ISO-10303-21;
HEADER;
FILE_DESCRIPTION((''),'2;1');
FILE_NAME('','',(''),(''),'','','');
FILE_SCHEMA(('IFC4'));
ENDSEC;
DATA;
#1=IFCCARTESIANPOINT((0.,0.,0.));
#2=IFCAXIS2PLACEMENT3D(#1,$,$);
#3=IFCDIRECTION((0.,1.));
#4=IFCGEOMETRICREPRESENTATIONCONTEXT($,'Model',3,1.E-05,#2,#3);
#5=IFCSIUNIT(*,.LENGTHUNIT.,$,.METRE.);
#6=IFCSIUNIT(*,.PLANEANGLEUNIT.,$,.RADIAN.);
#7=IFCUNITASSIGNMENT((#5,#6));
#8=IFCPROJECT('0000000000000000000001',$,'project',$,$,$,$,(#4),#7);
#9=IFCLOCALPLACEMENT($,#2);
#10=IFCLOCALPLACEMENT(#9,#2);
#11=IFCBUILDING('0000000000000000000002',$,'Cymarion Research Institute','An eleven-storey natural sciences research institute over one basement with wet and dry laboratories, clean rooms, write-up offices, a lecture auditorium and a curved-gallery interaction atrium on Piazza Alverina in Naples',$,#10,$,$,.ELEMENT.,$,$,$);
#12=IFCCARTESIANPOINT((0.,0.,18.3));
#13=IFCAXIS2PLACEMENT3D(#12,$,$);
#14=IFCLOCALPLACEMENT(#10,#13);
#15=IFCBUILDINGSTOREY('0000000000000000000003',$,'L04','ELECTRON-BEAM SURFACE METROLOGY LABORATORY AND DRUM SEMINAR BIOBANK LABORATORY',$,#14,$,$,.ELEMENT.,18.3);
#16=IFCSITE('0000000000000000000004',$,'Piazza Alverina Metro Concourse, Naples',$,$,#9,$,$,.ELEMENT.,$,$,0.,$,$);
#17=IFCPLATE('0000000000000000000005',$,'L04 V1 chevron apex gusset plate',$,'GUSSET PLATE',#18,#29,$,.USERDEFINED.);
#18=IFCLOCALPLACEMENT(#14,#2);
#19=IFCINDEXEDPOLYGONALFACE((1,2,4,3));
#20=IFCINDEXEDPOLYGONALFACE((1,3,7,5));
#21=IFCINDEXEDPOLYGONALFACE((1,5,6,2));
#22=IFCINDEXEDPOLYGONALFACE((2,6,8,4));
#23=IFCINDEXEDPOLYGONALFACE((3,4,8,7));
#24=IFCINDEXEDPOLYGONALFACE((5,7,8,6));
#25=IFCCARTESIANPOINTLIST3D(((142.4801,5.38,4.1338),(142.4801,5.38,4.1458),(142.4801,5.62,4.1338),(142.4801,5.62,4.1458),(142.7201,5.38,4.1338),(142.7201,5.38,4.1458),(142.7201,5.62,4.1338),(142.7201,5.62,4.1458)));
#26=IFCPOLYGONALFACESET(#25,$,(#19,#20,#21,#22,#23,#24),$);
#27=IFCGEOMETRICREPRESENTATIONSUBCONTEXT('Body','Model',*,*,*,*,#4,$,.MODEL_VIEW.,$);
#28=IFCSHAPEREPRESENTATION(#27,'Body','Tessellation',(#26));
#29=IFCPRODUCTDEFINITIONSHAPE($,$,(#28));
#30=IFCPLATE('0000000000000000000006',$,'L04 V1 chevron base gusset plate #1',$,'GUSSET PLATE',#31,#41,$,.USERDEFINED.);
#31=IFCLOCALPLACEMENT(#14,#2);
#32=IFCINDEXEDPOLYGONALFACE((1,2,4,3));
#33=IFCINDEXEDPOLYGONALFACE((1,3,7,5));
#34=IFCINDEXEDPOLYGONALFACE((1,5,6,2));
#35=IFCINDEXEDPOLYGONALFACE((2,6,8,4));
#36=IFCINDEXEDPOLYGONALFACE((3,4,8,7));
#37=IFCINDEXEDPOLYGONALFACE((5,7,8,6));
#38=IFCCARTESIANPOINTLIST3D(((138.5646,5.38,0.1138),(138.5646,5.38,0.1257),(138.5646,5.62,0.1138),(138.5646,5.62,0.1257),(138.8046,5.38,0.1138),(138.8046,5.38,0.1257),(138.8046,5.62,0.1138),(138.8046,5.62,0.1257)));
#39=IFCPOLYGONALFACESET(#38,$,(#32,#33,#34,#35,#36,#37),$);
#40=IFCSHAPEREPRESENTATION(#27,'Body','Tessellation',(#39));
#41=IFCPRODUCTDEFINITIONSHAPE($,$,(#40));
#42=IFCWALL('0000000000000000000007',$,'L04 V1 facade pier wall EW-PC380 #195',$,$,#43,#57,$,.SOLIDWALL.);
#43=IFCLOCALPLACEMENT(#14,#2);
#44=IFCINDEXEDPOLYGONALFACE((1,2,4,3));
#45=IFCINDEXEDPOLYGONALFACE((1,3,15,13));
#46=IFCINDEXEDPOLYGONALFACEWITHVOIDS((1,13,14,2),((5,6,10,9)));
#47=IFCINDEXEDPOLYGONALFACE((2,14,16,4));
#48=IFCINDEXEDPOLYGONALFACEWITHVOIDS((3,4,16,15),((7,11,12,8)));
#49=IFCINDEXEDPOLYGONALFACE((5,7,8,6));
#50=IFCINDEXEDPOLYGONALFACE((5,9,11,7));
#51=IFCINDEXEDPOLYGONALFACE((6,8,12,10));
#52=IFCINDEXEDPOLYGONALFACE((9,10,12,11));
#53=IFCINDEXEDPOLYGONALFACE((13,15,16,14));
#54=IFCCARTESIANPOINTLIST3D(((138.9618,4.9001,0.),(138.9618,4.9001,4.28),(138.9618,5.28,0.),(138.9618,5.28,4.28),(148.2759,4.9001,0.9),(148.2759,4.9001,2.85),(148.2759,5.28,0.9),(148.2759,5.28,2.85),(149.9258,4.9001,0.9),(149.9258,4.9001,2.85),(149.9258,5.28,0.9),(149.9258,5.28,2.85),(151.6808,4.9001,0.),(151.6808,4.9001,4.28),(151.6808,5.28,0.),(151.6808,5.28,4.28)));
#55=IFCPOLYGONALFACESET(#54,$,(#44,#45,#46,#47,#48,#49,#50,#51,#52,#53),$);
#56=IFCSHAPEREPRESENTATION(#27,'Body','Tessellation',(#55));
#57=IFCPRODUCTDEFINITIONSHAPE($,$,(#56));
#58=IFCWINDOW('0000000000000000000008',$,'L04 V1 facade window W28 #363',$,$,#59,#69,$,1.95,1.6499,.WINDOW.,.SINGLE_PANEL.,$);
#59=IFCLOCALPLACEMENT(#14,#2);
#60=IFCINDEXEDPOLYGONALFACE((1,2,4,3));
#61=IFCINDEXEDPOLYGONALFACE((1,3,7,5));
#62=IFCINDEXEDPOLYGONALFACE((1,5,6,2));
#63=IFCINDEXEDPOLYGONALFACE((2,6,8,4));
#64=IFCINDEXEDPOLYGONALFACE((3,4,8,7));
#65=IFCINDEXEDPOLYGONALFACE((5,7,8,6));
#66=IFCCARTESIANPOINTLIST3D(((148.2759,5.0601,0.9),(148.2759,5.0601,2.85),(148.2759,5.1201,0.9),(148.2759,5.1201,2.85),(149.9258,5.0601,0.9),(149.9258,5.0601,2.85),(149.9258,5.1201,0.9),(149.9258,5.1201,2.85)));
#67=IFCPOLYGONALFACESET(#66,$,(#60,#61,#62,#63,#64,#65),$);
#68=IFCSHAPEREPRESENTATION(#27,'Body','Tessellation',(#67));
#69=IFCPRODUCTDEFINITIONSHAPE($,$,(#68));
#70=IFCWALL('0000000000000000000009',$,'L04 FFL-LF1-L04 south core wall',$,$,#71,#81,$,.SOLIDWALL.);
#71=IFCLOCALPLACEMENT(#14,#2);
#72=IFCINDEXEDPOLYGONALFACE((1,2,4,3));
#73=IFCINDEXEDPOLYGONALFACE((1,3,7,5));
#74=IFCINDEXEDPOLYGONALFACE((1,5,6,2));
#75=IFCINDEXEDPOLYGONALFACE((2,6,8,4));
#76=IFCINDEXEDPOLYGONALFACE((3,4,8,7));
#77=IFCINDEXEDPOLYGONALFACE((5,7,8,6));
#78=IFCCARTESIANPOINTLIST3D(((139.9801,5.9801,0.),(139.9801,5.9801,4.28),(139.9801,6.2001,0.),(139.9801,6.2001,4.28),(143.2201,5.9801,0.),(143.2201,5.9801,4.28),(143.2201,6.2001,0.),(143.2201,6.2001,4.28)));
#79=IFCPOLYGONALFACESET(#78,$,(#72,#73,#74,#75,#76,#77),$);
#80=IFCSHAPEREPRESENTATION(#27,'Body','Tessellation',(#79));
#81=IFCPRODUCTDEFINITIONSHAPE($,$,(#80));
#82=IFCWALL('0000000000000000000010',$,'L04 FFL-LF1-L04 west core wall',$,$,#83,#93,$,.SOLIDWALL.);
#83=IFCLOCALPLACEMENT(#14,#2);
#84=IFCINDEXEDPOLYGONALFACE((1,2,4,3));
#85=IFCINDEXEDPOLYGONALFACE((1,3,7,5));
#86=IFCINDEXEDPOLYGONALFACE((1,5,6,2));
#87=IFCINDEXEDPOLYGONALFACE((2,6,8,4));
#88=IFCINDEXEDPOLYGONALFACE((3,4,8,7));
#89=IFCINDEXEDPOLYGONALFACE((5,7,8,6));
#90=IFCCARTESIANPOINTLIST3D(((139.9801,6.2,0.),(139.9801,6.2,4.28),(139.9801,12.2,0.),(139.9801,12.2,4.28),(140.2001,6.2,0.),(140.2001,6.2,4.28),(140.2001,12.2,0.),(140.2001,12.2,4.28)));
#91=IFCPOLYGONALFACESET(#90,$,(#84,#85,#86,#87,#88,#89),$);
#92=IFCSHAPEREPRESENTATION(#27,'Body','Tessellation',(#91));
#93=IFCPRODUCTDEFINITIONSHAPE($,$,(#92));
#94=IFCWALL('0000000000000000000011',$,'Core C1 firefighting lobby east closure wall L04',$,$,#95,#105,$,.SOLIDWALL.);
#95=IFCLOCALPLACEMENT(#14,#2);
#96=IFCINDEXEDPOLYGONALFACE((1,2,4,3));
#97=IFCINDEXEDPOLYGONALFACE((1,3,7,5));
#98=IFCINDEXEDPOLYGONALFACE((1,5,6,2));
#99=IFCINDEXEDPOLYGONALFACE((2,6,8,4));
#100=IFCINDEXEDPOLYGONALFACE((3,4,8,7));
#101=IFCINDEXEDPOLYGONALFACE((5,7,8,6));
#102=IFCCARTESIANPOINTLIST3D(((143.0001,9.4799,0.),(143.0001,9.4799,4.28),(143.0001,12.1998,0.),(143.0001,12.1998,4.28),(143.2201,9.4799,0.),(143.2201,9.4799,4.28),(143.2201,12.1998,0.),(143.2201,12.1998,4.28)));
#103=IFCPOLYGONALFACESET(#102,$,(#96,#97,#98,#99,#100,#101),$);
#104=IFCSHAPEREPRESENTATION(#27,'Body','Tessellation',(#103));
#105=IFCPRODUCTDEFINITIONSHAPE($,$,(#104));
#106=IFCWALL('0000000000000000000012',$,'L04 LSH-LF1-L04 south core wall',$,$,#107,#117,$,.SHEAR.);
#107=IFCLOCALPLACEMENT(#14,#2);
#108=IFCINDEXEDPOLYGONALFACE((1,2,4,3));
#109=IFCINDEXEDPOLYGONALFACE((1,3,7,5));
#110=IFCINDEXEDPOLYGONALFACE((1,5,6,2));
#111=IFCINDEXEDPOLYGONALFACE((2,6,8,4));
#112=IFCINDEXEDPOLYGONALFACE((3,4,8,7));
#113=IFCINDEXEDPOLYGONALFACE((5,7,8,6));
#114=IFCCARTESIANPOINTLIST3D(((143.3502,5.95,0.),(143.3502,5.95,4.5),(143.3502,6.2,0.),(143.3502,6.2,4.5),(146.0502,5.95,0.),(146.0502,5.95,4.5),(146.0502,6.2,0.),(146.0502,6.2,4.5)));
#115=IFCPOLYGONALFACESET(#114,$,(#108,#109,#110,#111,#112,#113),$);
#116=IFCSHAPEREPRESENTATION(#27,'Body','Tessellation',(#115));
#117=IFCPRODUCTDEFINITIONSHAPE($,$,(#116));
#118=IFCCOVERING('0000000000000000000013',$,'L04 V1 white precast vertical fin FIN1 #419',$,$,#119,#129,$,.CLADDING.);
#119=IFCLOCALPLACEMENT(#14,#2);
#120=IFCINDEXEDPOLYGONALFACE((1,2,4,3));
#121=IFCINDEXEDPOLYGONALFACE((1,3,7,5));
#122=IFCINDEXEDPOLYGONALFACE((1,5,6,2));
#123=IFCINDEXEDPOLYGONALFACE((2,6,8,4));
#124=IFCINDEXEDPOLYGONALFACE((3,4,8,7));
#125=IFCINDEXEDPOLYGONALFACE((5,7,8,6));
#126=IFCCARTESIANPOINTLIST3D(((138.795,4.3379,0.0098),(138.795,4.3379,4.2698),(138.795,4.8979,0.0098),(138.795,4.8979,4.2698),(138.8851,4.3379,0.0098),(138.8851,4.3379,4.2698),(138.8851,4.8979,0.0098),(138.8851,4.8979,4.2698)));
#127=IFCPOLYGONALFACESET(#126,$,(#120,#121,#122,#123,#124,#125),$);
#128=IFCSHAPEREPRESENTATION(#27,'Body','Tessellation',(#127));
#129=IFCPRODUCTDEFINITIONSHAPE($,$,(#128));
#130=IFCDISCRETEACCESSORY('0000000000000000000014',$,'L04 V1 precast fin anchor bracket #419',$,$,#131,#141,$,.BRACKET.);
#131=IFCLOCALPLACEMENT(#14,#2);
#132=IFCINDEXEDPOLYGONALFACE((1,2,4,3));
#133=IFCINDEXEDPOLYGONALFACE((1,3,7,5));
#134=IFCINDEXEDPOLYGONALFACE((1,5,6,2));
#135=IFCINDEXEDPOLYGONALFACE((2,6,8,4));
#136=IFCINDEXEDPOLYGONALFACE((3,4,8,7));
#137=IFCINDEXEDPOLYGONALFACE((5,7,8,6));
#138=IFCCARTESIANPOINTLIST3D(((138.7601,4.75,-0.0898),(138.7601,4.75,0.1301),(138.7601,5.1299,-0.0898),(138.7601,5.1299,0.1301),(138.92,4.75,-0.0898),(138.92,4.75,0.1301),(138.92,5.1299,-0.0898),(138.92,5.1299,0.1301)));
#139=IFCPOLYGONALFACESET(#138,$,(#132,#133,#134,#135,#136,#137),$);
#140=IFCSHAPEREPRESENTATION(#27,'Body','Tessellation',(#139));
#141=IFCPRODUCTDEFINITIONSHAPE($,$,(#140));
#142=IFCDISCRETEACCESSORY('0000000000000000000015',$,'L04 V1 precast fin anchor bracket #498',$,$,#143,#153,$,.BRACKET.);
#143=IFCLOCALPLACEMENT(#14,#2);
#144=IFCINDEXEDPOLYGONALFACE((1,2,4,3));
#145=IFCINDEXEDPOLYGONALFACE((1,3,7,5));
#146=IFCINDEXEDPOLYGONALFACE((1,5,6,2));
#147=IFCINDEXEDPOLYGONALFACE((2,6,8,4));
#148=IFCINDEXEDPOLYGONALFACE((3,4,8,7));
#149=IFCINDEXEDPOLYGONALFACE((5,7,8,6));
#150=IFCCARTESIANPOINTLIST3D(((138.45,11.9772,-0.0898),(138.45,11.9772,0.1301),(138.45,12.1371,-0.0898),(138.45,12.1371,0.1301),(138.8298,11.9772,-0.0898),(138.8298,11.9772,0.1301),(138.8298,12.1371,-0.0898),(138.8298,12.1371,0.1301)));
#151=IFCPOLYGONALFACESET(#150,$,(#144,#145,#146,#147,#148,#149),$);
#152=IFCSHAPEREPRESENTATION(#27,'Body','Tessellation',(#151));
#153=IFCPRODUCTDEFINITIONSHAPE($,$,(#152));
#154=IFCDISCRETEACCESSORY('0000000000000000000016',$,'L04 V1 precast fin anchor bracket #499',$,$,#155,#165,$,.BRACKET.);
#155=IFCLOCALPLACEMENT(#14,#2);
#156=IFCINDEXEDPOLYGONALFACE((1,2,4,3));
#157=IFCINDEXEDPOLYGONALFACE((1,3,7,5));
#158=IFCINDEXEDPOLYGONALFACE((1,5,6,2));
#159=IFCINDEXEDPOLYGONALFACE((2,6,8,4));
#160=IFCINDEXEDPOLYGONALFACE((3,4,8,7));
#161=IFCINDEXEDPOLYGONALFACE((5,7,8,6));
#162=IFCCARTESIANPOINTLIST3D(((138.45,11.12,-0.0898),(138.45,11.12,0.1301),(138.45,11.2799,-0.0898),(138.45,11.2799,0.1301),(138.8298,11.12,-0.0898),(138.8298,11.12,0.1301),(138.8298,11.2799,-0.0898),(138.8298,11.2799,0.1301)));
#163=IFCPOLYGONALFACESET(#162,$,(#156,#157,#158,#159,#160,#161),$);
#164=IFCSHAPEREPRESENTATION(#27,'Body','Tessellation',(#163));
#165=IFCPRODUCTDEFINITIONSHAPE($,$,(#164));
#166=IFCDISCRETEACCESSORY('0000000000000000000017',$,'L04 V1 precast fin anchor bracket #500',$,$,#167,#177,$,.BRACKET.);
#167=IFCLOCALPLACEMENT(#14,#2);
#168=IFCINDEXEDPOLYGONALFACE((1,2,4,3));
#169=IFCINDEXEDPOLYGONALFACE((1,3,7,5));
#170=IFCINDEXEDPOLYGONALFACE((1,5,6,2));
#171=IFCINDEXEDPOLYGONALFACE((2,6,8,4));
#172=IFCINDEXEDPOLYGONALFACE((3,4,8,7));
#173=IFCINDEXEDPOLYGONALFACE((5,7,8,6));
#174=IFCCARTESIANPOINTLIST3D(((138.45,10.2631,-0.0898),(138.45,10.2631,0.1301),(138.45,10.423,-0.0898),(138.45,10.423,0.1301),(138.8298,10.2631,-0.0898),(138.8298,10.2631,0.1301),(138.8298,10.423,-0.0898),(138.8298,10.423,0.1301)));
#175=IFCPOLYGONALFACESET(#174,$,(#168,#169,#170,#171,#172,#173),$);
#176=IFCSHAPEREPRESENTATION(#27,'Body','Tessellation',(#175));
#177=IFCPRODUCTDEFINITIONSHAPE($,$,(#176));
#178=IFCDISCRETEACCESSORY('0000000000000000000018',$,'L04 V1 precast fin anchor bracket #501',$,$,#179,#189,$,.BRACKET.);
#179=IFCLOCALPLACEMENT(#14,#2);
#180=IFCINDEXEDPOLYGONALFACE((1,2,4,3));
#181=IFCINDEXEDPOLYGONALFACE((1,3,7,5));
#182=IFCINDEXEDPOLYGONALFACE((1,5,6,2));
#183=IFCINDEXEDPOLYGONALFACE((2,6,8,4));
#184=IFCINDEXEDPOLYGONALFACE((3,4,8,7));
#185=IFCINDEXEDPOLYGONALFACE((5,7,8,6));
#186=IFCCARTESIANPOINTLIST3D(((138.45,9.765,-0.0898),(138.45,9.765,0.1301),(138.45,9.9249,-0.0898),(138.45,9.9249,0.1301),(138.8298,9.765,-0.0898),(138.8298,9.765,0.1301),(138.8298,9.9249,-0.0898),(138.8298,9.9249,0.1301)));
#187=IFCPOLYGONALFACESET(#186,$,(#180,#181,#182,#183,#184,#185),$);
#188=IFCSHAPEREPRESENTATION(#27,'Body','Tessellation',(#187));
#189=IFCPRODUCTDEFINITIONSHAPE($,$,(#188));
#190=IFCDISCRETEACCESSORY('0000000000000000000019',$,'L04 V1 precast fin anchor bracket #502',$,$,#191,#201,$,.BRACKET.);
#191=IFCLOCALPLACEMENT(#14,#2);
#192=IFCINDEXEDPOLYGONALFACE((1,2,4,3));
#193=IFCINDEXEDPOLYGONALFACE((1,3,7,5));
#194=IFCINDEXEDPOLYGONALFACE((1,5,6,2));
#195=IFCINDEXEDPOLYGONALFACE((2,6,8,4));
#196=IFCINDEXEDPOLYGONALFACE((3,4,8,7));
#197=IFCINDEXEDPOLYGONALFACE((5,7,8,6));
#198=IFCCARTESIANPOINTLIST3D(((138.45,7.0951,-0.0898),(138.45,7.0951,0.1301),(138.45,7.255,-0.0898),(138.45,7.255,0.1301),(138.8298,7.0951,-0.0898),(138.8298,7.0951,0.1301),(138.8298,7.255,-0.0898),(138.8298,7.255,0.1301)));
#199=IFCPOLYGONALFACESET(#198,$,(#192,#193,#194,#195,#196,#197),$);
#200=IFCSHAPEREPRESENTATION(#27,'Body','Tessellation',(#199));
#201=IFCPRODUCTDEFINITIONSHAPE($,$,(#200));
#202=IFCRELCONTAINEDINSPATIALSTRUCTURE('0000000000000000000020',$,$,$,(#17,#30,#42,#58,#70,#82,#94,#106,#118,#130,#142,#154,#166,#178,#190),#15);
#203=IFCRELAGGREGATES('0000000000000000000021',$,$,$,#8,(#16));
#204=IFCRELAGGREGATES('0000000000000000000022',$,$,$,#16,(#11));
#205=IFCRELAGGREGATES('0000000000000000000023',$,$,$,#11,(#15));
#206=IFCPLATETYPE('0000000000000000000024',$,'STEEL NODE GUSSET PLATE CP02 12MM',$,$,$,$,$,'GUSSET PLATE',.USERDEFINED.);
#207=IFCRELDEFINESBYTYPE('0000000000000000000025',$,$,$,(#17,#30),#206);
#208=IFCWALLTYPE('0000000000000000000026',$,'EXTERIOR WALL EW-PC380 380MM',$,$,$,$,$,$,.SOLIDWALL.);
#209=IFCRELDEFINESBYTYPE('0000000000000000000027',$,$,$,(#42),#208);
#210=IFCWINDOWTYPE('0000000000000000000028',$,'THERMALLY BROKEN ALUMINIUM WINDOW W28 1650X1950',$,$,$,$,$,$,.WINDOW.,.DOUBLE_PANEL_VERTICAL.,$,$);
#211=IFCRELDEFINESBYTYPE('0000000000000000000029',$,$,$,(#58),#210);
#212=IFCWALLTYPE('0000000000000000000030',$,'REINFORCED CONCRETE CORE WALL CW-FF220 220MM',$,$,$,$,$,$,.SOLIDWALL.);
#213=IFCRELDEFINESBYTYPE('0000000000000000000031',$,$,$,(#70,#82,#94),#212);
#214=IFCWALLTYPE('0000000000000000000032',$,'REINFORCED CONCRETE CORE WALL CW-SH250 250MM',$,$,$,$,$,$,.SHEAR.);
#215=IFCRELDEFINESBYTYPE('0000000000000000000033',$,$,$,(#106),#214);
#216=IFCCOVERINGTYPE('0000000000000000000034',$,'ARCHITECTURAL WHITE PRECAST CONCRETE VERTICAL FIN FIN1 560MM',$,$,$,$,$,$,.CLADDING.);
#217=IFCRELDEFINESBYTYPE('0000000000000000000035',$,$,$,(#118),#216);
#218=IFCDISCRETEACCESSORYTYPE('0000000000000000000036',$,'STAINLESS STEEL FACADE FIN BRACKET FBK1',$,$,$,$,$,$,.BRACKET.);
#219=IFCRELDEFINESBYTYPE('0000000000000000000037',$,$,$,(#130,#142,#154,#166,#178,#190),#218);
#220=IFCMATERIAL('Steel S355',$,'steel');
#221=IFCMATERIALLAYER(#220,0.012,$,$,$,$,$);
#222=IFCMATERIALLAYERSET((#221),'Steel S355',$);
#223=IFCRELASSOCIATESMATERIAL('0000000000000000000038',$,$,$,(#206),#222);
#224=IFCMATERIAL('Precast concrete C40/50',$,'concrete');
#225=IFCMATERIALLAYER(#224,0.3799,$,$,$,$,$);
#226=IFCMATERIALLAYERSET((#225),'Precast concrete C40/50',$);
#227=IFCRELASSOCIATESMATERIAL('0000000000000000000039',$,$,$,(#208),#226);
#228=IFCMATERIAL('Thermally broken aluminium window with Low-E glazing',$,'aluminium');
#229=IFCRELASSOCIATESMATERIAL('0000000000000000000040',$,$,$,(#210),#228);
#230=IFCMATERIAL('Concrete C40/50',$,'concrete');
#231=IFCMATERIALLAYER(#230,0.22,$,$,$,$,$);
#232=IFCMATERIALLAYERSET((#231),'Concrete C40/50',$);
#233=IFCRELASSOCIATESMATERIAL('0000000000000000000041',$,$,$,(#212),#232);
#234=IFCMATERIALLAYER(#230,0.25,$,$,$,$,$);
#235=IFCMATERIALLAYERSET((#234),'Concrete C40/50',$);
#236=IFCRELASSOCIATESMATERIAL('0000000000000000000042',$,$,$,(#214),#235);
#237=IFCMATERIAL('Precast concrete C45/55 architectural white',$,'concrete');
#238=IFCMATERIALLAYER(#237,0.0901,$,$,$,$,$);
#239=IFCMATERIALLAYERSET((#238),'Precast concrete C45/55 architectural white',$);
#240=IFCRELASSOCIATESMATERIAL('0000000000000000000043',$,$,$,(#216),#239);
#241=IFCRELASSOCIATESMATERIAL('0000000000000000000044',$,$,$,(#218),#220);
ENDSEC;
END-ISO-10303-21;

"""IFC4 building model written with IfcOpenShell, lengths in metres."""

from ifc_helpers import new_model, si_unit, direction, frame, frame_2d, origin, origin_2d, place, context, subcontext, project, spatial, rectangle, extrude, material, layer, layer_set, type_object, element, fill, save


model = new_model("IFC4")

# Units and contexts
model_context = context("Model", 3, precision=1e-05, world=origin(), true_north=direction((0.0, 1.0)))
body_context = subcontext(model_context, "Body", "Model", "MODEL_VIEW")
ifc_project = project(units=[si_unit("LENGTHUNIT", "METRE"), si_unit("PLANEANGLEUNIT", "RADIAN")], contexts=[model_context])

# Site, building, storey
site_placement = place(None, origin())
site = spatial("IfcSite", under=ifc_project, at=site_placement, Name="Piazza Alverina Metro Concourse, Naples", CompositionType="ELEMENT", RefElevation=0.0)
building_placement = place(site_placement, origin())
building = spatial("IfcBuilding", under=site, at=building_placement, Name="Cymarion Research Institute", Description="An eleven-storey natural sciences research institute over one basement with wet and dry laboratories, clean rooms, write-up offices, a lecture auditorium and a curved-gallery interaction atrium on Piazza Alverina in Naples", CompositionType="ELEMENT")
storey_placement = place(building_placement, frame((0.0, 0.0, 18.3)))
storey = spatial("IfcBuildingStorey", under=building, at=storey_placement, Name="L04", Description="ELECTRON-BEAM SURFACE METROLOGY LABORATORY AND DRUM SEMINAR BIOBANK LABORATORY", CompositionType="ELEMENT", Elevation=18.3)

# Plates
ifc_material_1 = material(Name="Steel S355", Category="steel")
ifc_layer_1 = layer(ifc_material_1, 0.012)
ifc_layer_set_1 = layer_set([ifc_layer_1], Name="Steel S355")
plate_type = type_object("IfcPlateType", Name="STEEL NODE GUSSET PLATE CP02 12MM", ElementType="GUSSET PLATE", PredefinedType="USERDEFINED", material=ifc_layer_set_1)
for number, where, z_axis, x_axis, name in (
    (1, (142.6001, 5.5, 4.1338), (0.0, 0.0, 1.0), (1.0, 0.0, 0.0), "L04 V1 chevron apex gusset plate"),
    (2, (138.6846, 5.5, 0.1138), (0.0, 0.0, 1.0), (1.0, 0.0, 0.0), "L04 V1 chevron base gusset plate #1"),
):
    element("IfcPlate", number, at=place(storey_placement, frame(where, z_axis=z_axis, x_axis=x_axis)), inside=storey, type_object=plate_type, Name=name, ObjectType="GUSSET PLATE", PredefinedType="USERDEFINED", context=body_context, shape_type="SweptSolid", body=[
        extrude(rectangle(XDim=0.24, YDim=0.24, at=origin_2d()), origin(), (0.0, 0.0, 1.0), 0.012),
    ])

# Wall, opening, window
ifc_material_2 = material(Name="Precast concrete C40/50", Category="concrete")
ifc_layer_2 = layer(ifc_material_2, 0.3799)
ifc_layer_set_2 = layer_set([ifc_layer_2], Name="Precast concrete C40/50")
wall_type_1 = type_object("IfcWallType", Name="EXTERIOR WALL EW-PC380 380MM", PredefinedType="SOLIDWALL", material=ifc_layer_set_2)
wall_1_placement = place(storey_placement, frame((138.9619, 5.0901, 0.0), z_axis=(0.0, 0.0, 1.0), x_axis=(1.0, 0.0, 0.0)))
wall_1 = element("IfcWall", 3, at=wall_1_placement, inside=storey, type_object=wall_type_1, Name="L04 V1 facade pier wall EW-PC380 #195", PredefinedType="SOLIDWALL", context=body_context, shape_type="SweptSolid", body=[
    extrude(rectangle(XDim=12.719, YDim=0.3799, at=frame_2d((6.3594, 0.0))), origin(), (0.0, 0.0, 1.0), 4.28),
])
opening_1_placement = place(wall_1_placement, frame((9.314, 0.0, 0.8999)))
opening_1 = element("IfcOpeningElement", 4, at=opening_1_placement, cuts=wall_1, PredefinedType="OPENING", context=body_context, shape_type="SweptSolid", body=[
    extrude(rectangle(XDim=1.6499, YDim=1.95, at=frame_2d((0.825, 0.9751))), frame((0.0, 0.2, 0.0), z_axis=(0.0, -1.0, 0.0), x_axis=(1.0, 0.0, 0.0)), (0.0, 0.0, 1.0), 0.3999),
])
ifc_material_3 = material(Name="Thermally broken aluminium window with Low-E glazing", Category="aluminium")
window_type = type_object("IfcWindowType", Name="THERMALLY BROKEN ALUMINIUM WINDOW W28 1650X1950", PartitioningType="DOUBLE_PANEL_VERTICAL", PredefinedType="WINDOW", material=ifc_material_3)
window_placement = place(opening_1_placement, origin())
window = element("IfcWindow", 5, at=window_placement, inside=storey, type_object=window_type, Name="L04 V1 facade window W28 #363", OverallHeight=1.95, OverallWidth=1.6499, PartitioningType="SINGLE_PANEL", PredefinedType="WINDOW", context=body_context, shape_type="SweptSolid", body=[
    extrude(rectangle(XDim=1.6499, YDim=1.95, at=frame_2d((0.825, 0.9751))), frame((0.0, 0.03, 0.0), z_axis=(0.0, -1.0, 0.0), x_axis=(1.0, 0.0, 0.0)), (0.0, 0.0, 1.0), 0.0601),
])
fill(opening_1, window)

# Wall
ifc_material_4 = material(Name="Concrete C40/50", Category="concrete")
ifc_layer_3 = layer(ifc_material_4, 0.22)
ifc_layer_set_3 = layer_set([ifc_layer_3], Name="Concrete C40/50")
wall_type_2 = type_object("IfcWallType", Name="REINFORCED CONCRETE CORE WALL CW-FF220 220MM", PredefinedType="SOLIDWALL", material=ifc_layer_set_3)
wall_2_placement = place(storey_placement, frame((139.98, 6.0901, 0.0), z_axis=(0.0, 0.0, 1.0), x_axis=(1.0, 0.0, 0.0)))
element("IfcWall", 6, at=wall_2_placement, inside=storey, type_object=wall_type_2, Name="L04 FFL-LF1-L04 south core wall", PredefinedType="SOLIDWALL", context=body_context, shape_type="SweptSolid", body=[
    extrude(rectangle(XDim=3.24, YDim=0.22, at=frame_2d((1.6201, 0.0))), origin(), (0.0, 0.0, 1.0), 4.28),
])

# Walls
wall_3_placement = place(storey_placement, frame((140.0901, 12.2, 0.0), z_axis=(0.0, 0.0, 1.0), x_axis=(0.0, -1.0, 0.0)))
element("IfcWall", 7, at=wall_3_placement, inside=storey, type_object=wall_type_2, Name="L04 FFL-LF1-L04 west core wall", PredefinedType="SOLIDWALL", context=body_context, shape_type="SweptSolid", body=[
    extrude(rectangle(XDim=6.0, YDim=0.22, at=frame_2d((3.0, 0.0))), origin(), (0.0, 0.0, 1.0), 4.28),
])
wall_4_placement = place(storey_placement, frame((143.1101, 9.48, 0.0), z_axis=(0.0, 0.0, 1.0), x_axis=(0.0, 1.0, 0.0)))
element("IfcWall", 8, at=wall_4_placement, inside=storey, type_object=wall_type_2, Name="Core C1 firefighting lobby east closure wall L04", PredefinedType="SOLIDWALL", context=body_context, shape_type="SweptSolid", body=[
    extrude(rectangle(XDim=2.72, YDim=0.22, at=frame_2d((1.3599, 0.0))), origin(), (0.0, 0.0, 1.0), 4.28),
])
ifc_layer_4 = layer(ifc_material_4, 0.25)
ifc_layer_set_4 = layer_set([ifc_layer_4], Name="Concrete C40/50")
wall_type_3 = type_object("IfcWallType", Name="REINFORCED CONCRETE CORE WALL CW-SH250 250MM", PredefinedType="SHEAR", material=ifc_layer_set_4)
wall_5_placement = place(storey_placement, frame((143.3501, 6.075, 0.0), z_axis=(0.0, 0.0, 1.0), x_axis=(1.0, 0.0, 0.0)))
element("IfcWall", 9, at=wall_5_placement, inside=storey, type_object=wall_type_3, Name="L04 LSH-LF1-L04 south core wall", PredefinedType="SHEAR", context=body_context, shape_type="SweptSolid", body=[
    extrude(rectangle(XDim=2.7, YDim=0.25, at=frame_2d((1.3501, 0.0))), origin(), (0.0, 0.0, 1.0), 4.5),
])

# Covering
ifc_material_5 = material(Name="Precast concrete C45/55 architectural white", Category="concrete")
ifc_layer_5 = layer(ifc_material_5, 0.0901)
ifc_layer_set_5 = layer_set([ifc_layer_5], Name="Precast concrete C45/55 architectural white")
covering_type = type_object("IfcCoveringType", Name="ARCHITECTURAL WHITE PRECAST CONCRETE VERTICAL FIN FIN1 560MM", PredefinedType="CLADDING", material=ifc_layer_set_5)
covering_placement = place(storey_placement, frame((138.8401, 4.6179, 0.0098), z_axis=(0.0, 0.0, 1.0), x_axis=(0.0, -1.0, 0.0)))
element("IfcCovering", 10, at=covering_placement, inside=storey, type_object=covering_type, Name="L04 V1 white precast vertical fin FIN1 #419", PredefinedType="CLADDING", context=body_context, shape_type="SweptSolid", body=[
    extrude(rectangle(XDim=0.5601, YDim=0.0901, at=origin_2d()), origin(), (0.0, 0.0, 1.0), 4.26),
])

# Discrete accessories
discrete_accessory_type = type_object("IfcDiscreteAccessoryType", Name="STAINLESS STEEL FACADE FIN BRACKET FBK1", PredefinedType="BRACKET", material=ifc_material_1)
for number, where, z_axis, x_axis, name in (
    (11, (138.8401, 4.9399, -0.0898), (0.0, 0.0, 1.0), (0.0, -1.0, 0.0), "L04 V1 precast fin anchor bracket #419"),
    (12, (138.6399, 12.0571, -0.0898), (0.0, 0.0, 1.0), (-1.0, 0.0, 0.0), "L04 V1 precast fin anchor bracket #498"),
    (13, (138.6399, 11.2, -0.0898), (0.0, 0.0, 1.0), (-1.0, 0.0, 0.0), "L04 V1 precast fin anchor bracket #499"),
    (14, (138.6399, 10.343, -0.0898), (0.0, 0.0, 1.0), (-1.0, 0.0, 0.0), "L04 V1 precast fin anchor bracket #500"),
    (15, (138.6399, 9.845, -0.0898), (0.0, 0.0, 1.0), (-1.0, 0.0, 0.0), "L04 V1 precast fin anchor bracket #501"),
    (16, (138.6399, 7.175, -0.0898), (0.0, 0.0, 1.0), (-1.0, 0.0, 0.0), "L04 V1 precast fin anchor bracket #502"),
):
    element("IfcDiscreteAccessory", number, at=place(storey_placement, frame(where, z_axis=z_axis, x_axis=x_axis)), inside=storey, type_object=discrete_accessory_type, Name=name, PredefinedType="BRACKET", context=body_context, shape_type="SweptSolid", body=[
        extrude(rectangle(XDim=0.3799, YDim=0.1599, at=origin_2d()), origin(), (0.0, 0.0, 1.0), 0.22),
    ])

save(model, "model.ifc")
